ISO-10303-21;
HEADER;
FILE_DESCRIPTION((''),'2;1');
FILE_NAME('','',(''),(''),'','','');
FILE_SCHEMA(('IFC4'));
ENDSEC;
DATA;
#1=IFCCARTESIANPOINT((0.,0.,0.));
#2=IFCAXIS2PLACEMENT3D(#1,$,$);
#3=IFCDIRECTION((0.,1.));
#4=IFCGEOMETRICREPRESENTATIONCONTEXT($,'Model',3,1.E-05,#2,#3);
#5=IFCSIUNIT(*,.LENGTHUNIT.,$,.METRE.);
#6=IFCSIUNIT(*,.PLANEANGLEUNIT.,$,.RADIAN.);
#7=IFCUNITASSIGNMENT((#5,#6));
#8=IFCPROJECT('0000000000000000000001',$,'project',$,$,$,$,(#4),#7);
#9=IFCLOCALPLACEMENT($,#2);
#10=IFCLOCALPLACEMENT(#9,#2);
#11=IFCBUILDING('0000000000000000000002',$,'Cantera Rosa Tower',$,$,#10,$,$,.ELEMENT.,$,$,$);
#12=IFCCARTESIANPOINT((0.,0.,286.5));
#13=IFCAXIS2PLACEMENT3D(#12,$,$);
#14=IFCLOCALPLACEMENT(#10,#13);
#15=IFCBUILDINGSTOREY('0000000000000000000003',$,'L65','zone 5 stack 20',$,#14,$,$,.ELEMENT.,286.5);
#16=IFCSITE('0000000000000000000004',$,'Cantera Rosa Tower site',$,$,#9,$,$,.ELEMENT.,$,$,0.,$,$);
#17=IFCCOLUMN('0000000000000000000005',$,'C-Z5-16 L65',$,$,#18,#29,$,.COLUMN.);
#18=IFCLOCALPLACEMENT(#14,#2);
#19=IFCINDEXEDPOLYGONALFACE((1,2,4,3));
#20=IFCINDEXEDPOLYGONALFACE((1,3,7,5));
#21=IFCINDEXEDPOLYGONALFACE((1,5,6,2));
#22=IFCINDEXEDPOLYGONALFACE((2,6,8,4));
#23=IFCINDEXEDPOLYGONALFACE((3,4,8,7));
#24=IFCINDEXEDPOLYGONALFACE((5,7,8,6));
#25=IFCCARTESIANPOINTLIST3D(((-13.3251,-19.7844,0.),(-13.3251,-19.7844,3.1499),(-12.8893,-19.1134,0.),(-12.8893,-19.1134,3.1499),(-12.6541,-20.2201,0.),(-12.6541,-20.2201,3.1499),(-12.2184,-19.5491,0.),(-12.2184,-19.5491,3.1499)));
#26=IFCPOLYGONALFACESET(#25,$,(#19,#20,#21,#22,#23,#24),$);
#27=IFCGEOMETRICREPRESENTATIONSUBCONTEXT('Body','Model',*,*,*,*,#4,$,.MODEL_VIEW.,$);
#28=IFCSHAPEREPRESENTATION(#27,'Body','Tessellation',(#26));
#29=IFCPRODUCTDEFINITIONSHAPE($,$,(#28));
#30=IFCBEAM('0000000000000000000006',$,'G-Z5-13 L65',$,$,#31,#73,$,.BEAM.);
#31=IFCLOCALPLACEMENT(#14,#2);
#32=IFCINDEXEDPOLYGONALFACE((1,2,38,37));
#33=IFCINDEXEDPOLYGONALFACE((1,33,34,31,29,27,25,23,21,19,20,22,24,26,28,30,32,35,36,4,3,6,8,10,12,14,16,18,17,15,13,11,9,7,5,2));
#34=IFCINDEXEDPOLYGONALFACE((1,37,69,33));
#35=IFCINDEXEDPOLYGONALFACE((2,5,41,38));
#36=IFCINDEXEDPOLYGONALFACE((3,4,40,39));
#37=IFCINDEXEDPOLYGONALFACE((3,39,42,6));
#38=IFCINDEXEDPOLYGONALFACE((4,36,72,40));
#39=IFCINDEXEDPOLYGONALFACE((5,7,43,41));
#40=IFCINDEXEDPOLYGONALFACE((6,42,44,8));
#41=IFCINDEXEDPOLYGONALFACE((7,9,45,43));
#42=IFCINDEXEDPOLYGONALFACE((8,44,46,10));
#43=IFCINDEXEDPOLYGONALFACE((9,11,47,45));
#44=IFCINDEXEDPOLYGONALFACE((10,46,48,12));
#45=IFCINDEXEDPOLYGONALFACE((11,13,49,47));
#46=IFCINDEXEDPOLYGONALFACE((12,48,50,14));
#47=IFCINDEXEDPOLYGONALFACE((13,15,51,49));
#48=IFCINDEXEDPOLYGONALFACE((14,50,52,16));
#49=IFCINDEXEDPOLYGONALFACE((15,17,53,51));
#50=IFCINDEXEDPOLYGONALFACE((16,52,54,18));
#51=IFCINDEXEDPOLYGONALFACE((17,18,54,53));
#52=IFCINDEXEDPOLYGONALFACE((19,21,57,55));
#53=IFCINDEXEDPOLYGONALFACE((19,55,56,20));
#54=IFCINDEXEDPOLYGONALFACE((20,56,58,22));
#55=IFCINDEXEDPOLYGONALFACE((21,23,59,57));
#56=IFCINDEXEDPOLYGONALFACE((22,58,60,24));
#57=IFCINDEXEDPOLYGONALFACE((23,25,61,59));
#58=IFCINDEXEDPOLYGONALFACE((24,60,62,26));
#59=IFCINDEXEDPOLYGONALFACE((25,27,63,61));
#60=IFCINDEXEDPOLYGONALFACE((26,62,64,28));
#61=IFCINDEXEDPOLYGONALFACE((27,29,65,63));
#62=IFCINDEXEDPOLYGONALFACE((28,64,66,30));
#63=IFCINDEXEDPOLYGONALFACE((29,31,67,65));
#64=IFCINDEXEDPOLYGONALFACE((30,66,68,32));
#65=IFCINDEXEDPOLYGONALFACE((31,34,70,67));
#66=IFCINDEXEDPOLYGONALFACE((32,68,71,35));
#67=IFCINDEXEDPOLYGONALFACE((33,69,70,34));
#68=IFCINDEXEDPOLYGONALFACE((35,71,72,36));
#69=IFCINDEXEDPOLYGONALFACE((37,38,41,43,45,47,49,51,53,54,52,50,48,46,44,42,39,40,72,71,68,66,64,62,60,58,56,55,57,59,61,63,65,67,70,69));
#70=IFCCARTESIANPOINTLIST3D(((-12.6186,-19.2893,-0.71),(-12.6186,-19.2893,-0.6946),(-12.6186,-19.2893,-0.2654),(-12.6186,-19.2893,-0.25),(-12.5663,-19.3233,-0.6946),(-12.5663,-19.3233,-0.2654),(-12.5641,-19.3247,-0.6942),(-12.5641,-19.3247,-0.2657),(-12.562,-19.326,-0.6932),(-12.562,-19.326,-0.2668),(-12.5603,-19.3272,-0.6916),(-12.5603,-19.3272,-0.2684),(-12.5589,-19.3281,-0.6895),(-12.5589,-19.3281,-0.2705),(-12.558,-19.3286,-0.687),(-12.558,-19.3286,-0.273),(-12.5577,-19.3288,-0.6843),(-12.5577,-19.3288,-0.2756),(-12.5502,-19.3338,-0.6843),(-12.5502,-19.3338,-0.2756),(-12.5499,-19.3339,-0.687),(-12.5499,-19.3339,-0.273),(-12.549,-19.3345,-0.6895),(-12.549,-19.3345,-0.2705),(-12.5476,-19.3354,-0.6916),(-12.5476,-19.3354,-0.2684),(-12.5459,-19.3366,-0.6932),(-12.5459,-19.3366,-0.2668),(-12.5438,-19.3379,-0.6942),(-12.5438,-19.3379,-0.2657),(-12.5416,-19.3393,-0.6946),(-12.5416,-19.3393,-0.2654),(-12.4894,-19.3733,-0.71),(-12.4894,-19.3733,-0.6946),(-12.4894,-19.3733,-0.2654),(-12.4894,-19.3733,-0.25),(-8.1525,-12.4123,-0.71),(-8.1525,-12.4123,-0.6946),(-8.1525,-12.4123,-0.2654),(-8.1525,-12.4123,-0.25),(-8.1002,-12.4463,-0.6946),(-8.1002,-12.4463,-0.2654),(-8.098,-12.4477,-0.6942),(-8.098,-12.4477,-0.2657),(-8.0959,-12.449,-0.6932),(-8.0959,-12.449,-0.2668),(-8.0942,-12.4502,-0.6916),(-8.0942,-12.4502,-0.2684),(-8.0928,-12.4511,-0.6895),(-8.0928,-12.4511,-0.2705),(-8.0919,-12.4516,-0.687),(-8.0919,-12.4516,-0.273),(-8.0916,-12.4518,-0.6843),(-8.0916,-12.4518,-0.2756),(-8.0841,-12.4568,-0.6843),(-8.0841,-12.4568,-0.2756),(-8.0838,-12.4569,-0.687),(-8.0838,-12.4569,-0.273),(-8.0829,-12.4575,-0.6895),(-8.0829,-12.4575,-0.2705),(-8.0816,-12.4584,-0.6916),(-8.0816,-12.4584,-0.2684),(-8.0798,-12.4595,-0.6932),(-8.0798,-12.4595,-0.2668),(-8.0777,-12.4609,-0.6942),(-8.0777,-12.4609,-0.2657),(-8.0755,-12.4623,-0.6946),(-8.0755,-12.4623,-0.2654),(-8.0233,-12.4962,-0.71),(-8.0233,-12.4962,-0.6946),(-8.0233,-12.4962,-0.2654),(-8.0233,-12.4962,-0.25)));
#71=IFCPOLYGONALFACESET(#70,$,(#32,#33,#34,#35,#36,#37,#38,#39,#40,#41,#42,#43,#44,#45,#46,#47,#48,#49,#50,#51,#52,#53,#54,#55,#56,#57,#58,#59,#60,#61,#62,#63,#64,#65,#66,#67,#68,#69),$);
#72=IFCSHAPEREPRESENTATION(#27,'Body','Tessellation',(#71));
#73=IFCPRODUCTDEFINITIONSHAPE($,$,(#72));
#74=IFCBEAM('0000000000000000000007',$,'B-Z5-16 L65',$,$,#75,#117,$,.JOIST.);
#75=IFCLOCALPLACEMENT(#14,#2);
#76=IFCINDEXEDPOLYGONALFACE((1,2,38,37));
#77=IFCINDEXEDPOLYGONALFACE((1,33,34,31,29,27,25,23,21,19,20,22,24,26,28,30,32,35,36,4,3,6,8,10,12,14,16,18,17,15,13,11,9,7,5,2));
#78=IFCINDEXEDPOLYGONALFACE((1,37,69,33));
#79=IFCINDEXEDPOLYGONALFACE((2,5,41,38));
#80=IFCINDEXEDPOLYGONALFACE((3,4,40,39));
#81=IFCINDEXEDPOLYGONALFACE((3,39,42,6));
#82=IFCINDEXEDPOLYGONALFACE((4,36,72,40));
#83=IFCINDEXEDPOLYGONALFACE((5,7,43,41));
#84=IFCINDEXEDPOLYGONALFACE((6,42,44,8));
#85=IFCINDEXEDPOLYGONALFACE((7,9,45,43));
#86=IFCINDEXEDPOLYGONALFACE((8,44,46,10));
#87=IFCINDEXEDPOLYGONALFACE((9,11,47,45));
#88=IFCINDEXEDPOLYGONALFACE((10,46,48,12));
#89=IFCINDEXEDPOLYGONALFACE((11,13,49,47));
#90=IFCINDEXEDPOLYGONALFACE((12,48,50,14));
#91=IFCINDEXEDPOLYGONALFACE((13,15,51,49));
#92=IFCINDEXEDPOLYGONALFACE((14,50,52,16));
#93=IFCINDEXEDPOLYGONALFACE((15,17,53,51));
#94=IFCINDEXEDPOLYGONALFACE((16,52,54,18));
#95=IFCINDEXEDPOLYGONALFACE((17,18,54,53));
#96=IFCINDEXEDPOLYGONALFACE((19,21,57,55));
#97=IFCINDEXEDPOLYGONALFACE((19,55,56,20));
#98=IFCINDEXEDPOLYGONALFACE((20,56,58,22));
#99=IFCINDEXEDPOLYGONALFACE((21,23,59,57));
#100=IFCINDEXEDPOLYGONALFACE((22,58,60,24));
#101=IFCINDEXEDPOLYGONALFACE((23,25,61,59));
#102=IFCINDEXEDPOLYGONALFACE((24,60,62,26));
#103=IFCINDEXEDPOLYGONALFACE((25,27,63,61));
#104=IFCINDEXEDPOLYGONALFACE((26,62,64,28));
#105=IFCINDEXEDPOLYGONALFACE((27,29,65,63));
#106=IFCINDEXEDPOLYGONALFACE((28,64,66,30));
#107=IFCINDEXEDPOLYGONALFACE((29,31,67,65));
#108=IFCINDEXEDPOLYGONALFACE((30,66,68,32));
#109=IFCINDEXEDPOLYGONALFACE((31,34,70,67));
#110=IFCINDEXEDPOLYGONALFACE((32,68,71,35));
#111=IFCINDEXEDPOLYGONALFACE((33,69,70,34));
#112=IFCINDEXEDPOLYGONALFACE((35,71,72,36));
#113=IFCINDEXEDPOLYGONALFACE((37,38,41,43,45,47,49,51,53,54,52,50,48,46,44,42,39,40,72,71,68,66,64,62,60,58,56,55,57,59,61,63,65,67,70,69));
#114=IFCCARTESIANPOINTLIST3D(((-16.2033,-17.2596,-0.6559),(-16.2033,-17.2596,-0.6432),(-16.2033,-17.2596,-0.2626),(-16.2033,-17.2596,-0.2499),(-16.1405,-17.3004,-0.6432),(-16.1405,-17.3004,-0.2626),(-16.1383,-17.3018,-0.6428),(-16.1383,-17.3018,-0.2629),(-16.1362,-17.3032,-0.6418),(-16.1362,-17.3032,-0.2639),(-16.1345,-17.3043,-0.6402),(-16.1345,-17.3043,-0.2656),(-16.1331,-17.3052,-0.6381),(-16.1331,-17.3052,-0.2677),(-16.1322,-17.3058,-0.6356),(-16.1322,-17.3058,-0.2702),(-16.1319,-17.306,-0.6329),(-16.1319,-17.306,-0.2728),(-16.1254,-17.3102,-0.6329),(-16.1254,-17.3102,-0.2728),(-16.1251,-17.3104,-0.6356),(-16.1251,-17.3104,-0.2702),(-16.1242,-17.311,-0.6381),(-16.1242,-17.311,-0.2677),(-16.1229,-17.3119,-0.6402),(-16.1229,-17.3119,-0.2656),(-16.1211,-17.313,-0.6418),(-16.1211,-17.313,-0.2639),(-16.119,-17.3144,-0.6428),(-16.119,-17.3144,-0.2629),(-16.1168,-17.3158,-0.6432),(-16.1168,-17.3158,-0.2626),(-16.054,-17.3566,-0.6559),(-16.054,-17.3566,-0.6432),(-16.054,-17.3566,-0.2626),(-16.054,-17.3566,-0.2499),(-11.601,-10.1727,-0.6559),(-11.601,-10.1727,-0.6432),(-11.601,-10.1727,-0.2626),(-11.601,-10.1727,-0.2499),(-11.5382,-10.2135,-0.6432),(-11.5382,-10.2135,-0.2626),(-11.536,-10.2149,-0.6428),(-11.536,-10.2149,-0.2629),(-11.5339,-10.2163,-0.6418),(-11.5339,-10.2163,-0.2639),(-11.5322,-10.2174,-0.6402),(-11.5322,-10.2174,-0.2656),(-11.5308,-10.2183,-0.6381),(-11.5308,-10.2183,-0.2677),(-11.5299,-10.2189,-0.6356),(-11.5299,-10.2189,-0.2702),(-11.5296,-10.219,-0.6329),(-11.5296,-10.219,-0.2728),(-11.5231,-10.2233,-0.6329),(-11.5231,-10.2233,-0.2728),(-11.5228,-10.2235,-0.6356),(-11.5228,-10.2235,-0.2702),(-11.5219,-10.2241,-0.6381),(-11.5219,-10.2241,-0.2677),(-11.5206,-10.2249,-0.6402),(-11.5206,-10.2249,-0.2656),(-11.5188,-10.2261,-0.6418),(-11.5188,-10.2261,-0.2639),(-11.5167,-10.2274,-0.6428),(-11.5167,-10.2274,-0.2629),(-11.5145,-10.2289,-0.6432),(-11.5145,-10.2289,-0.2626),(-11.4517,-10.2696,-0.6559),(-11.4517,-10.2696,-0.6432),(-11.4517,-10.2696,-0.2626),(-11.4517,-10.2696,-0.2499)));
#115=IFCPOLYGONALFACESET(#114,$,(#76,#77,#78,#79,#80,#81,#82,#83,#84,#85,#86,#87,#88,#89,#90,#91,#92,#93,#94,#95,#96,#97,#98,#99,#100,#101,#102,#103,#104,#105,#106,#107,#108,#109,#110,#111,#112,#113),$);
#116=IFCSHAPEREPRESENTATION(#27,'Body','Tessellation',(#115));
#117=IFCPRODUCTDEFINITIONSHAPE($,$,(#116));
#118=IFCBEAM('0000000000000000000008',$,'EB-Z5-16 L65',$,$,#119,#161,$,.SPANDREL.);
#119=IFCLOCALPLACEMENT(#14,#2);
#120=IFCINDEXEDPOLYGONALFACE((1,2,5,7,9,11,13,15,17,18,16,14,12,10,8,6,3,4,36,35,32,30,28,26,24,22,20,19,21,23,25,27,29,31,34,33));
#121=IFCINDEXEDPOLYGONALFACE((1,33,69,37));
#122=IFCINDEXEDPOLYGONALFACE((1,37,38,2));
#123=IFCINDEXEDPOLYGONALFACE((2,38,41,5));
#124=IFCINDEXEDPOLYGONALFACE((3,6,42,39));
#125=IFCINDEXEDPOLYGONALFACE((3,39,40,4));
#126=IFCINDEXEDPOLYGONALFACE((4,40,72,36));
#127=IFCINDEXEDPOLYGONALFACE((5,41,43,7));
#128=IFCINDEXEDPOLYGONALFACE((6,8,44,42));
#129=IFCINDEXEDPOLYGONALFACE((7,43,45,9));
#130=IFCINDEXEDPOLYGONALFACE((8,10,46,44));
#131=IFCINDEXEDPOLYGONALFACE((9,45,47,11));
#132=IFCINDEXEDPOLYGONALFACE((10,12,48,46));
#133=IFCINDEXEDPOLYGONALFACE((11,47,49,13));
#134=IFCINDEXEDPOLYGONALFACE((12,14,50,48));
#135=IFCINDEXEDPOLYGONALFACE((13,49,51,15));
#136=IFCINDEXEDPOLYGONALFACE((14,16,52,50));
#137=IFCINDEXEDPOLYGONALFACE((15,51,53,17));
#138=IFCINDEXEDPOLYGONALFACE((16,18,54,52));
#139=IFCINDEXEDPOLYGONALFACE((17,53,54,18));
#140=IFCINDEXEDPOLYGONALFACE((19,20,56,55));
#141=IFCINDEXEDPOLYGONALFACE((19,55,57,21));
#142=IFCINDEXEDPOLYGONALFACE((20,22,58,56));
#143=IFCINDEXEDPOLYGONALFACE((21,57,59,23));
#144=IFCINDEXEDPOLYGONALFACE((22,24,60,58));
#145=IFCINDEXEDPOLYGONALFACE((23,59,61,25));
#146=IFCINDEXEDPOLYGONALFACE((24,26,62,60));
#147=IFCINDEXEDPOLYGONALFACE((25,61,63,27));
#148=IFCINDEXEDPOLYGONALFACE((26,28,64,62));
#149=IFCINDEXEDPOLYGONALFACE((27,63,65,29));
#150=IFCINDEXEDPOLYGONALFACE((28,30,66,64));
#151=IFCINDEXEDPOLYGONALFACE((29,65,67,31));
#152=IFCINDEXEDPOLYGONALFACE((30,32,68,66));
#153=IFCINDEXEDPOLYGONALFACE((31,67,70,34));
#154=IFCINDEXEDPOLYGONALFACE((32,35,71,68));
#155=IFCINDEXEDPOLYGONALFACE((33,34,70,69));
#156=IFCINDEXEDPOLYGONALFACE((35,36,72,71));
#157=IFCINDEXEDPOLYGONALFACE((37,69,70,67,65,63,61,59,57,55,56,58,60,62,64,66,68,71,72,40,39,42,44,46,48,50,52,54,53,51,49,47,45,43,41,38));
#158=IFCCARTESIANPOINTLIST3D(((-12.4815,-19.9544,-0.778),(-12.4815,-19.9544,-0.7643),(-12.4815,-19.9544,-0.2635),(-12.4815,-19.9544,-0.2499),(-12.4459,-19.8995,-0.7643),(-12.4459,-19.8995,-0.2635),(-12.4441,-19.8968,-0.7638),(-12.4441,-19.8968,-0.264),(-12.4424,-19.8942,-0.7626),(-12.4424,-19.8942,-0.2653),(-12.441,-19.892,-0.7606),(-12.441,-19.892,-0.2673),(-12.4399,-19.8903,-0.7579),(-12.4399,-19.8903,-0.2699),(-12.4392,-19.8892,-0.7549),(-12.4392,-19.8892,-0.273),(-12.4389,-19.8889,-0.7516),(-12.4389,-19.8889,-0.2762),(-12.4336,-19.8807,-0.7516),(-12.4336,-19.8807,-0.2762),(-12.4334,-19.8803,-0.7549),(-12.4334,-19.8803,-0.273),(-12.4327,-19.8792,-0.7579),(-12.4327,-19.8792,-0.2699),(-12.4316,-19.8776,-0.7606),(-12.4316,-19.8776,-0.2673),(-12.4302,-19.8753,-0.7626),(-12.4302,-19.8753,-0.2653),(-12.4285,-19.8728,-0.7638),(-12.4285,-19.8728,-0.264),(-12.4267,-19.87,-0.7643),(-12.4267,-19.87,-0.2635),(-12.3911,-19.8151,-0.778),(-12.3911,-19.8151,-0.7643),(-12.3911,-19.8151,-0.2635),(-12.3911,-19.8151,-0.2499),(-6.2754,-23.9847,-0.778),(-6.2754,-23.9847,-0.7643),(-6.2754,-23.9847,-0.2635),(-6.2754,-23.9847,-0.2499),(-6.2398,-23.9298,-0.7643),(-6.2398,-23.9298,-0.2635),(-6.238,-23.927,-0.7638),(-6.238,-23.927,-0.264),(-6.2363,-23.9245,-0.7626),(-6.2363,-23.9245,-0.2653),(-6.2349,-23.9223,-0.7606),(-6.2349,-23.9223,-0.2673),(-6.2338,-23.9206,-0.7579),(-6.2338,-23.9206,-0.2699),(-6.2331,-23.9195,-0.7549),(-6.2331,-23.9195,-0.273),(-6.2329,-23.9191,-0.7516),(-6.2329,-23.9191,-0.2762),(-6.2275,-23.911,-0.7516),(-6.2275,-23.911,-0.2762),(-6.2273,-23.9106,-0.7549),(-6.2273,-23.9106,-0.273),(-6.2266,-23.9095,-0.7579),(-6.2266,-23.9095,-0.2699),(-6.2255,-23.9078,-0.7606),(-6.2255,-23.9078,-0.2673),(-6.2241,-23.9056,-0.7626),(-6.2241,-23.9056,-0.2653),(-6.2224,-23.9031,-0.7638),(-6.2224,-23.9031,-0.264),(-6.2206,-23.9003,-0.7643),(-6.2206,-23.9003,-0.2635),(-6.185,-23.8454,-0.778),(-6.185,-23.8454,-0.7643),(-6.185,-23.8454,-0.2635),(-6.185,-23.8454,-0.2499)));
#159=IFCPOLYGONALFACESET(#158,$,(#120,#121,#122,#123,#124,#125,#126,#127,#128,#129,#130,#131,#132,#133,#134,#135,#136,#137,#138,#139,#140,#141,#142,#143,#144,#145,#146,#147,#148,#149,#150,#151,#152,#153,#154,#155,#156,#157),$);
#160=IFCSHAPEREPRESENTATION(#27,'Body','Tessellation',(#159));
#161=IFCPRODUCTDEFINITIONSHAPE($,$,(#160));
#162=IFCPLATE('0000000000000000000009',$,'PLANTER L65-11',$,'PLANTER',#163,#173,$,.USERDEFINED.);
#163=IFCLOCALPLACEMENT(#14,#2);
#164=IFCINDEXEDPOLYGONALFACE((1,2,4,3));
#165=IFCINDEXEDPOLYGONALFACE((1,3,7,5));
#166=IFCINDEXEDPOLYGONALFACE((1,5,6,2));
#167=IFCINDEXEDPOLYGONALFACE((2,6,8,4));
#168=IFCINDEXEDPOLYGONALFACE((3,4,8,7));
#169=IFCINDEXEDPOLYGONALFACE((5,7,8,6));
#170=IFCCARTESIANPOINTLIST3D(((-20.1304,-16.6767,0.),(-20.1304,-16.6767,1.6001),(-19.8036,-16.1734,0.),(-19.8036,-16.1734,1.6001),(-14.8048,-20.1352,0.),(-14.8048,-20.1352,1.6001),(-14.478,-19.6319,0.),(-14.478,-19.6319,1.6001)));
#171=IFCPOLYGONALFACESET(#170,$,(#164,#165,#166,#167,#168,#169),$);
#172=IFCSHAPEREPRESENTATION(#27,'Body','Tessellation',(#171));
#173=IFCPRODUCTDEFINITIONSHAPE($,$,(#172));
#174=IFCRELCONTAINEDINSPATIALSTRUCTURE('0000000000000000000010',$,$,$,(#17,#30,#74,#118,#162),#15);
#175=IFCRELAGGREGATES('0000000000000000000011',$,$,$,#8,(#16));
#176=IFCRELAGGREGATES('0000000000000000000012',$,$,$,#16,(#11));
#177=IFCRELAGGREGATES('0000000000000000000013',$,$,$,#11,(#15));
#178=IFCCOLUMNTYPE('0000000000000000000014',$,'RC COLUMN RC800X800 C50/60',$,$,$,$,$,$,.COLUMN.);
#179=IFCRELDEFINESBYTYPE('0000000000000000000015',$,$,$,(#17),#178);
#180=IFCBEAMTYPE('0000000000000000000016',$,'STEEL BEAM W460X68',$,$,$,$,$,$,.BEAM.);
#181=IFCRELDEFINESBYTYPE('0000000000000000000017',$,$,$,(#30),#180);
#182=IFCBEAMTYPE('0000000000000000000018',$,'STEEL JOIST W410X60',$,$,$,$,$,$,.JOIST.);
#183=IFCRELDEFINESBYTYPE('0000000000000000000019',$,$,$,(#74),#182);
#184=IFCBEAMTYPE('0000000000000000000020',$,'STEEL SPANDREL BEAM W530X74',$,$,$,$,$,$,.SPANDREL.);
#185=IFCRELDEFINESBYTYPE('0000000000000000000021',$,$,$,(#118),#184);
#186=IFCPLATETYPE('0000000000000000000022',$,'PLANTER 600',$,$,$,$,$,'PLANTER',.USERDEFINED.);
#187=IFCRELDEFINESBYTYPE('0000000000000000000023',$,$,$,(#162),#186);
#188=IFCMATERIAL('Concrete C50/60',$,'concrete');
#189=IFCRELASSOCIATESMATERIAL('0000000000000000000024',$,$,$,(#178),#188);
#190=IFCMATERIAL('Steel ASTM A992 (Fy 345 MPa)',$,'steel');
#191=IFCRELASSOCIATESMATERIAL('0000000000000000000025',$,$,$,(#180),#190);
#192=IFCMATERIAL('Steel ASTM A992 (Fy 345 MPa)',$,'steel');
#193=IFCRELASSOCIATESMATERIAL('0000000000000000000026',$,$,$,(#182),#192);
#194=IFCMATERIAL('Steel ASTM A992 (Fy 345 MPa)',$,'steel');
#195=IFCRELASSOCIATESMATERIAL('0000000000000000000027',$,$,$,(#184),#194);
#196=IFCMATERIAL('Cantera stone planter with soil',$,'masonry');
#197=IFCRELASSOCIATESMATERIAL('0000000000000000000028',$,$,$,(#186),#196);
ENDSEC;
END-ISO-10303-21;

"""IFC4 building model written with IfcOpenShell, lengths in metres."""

from ifc_helpers import new_model, si_unit, direction, frame, origin, origin_2d, place, context, subcontext, project, spatial, rectangle, i_section, extrude, material, material_profile, profile_set, type_object, element, save


model = new_model("IFC4")

# Units and contexts
model_context = context("Model", 3, precision=1e-05, world=origin(), true_north=direction((0.0, 1.0)))
body_context = subcontext(model_context, "Body", "Model", "MODEL_VIEW")
ifc_project = project(units=[si_unit("LENGTHUNIT", "METRE"), si_unit("PLANEANGLEUNIT", "RADIAN")], contexts=[model_context])

# Site, building, storey
site_placement = place(None, origin())
site = spatial("IfcSite", under=ifc_project, at=site_placement, Name="Cantera Rosa Tower site", CompositionType="ELEMENT", RefElevation=0.0)
building_placement = place(site_placement, origin())
building = spatial("IfcBuilding", under=site, at=building_placement, Name="Cantera Rosa Tower", CompositionType="ELEMENT")
storey_placement = place(building_placement, frame((0.0, 0.0, 286.5)))
storey = spatial("IfcBuildingStorey", under=building, at=storey_placement, Name="L65", Description="zone 5 stack 20", CompositionType="ELEMENT", Elevation=286.5)

# Column
ifc_material_1 = material(Name="Concrete C50/60", Category="concrete")
ifc_material_profile_1 = material_profile(ifc_material_1, rectangle(XDim=0.8, YDim=0.8, at=origin_2d()), Name="RC COLUMN RC800X800 C50/60")
ifc_profile_set_1 = profile_set([ifc_material_profile_1], Name="Concrete C50/60")
column_type = type_object("IfcColumnType", Name="RC COLUMN RC800X800 C50/60", PredefinedType="COLUMN", material=ifc_profile_set_1)
column_placement = place(storey_placement, frame((-12.7717, -19.6667, 0.0), z_axis=(0.0, 0.0, 1.0), x_axis=(0.544639, 0.838671, 0.0)))
element("IfcColumn", 1, at=column_placement, inside=storey, type_object=column_type, Name="C-Z5-16 L65", PredefinedType="COLUMN", context=body_context, shape_type="SweptSolid", body=[
    extrude(rectangle(XDim=0.8, YDim=0.8, at=origin_2d()), origin(), (0.0, 0.0, 1.0), 3.1499),
])

# Beams
ifc_material_2 = material(Name="Steel ASTM A992 (Fy 345 MPa)", Category="steel")
ifc_material_profile_2 = material_profile(ifc_material_2, i_section(OverallWidth=0.1541, OverallDepth=0.46, WebThickness=0.009, FlangeThickness=0.0154, FilletRadius=0.0103, at=origin_2d()), Name="W460X68")
ifc_profile_set_2 = profile_set([ifc_material_profile_2], Name="Steel ASTM A992 (Fy 345 MPa)")
beam_type_1 = type_object("IfcBeamType", Name="STEEL BEAM W460X68", PredefinedType="BEAM", material=ifc_profile_set_2)
beam_1_placement = place(storey_placement, frame((-12.554, -19.3313, -0.48), z_axis=(0.544649, 0.838664, 0.0), x_axis=(-0.838664, 0.544649, 0.0)))
element("IfcBeam", 2, at=beam_1_placement, inside=storey, type_object=beam_type_1, Name="G-Z5-13 L65", PredefinedType="BEAM", context=body_context, shape_type="SweptSolid", body=[
    extrude(i_section(OverallWidth=0.1541, OverallDepth=0.46, WebThickness=0.009, FlangeThickness=0.0154, FilletRadius=0.0103, at=origin_2d()), origin(), (0.0, 0.0, 1.0), 8.2),
])
ifc_material_3 = material(Name="Steel ASTM A992 (Fy 345 MPa)", Category="steel")
ifc_material_profile_3 = material_profile(ifc_material_3, i_section(OverallWidth=0.178, OverallDepth=0.406, WebThickness=0.0078, FlangeThickness=0.0127, FilletRadius=0.0103, at=origin_2d()), Name="W410X60")
ifc_profile_set_3 = profile_set([ifc_material_profile_3], Name="Steel ASTM A992 (Fy 345 MPa)")
beam_type_2 = type_object("IfcBeamType", Name="STEEL JOIST W410X60", PredefinedType="JOIST", material=ifc_profile_set_3)
beam_2_placement = place(storey_placement, frame((-16.1287, -17.3081, -0.4529), z_axis=(0.544639, 0.838671, 0.0), x_axis=(-0.838671, 0.544639, 0.0)))
element("IfcBeam", 3, at=beam_2_placement, inside=storey, type_object=beam_type_2, Name="B-Z5-16 L65", PredefinedType="JOIST", context=body_context, shape_type="SweptSolid", body=[
    extrude(i_section(OverallWidth=0.178, OverallDepth=0.406, WebThickness=0.0078, FlangeThickness=0.0127, FilletRadius=0.0103, at=origin_2d()), origin(), (0.0, 0.0, 1.0), 8.4502),
])
ifc_material_4 = material(Name="Steel ASTM A992 (Fy 345 MPa)", Category="steel")
ifc_material_profile_4 = material_profile(ifc_material_4, i_section(OverallWidth=0.166, OverallDepth=0.5281, WebThickness=0.0098, FlangeThickness=0.0137, FilletRadius=0.0127, at=origin_2d()), Name="W530X74")
ifc_profile_set_4 = profile_set([ifc_material_profile_4], Name="Steel ASTM A992 (Fy 345 MPa)")
beam_type_3 = type_object("IfcBeamType", Name="STEEL SPANDREL BEAM W530X74", PredefinedType="SPANDREL", material=ifc_profile_set_4)
beam_3_placement = place(storey_placement, frame((-12.4363, -19.8848, -0.5139), z_axis=(0.83867, -0.54464, 0.0), x_axis=(0.54464, 0.83867, 0.0)))
element("IfcBeam", 4, at=beam_3_placement, inside=storey, type_object=beam_type_3, Name="EB-Z5-16 L65", PredefinedType="SPANDREL", context=body_context, shape_type="SweptSolid", body=[
    extrude(i_section(OverallWidth=0.166, OverallDepth=0.5281, WebThickness=0.0098, FlangeThickness=0.0137, FilletRadius=0.0127, at=origin_2d()), origin(), (0.0, 0.0, 1.0), 7.3999),
])

# Plate
ifc_material_5 = material(Name="Cantera stone planter with soil", Category="masonry")
plate_type = type_object("IfcPlateType", Name="PLANTER 600", ElementType="PLANTER", PredefinedType="USERDEFINED", material=ifc_material_5)
plate_placement = place(storey_placement, frame((-17.3042, -18.1543, 0.0), z_axis=(0.0, 0.0, 1.0), x_axis=(0.838671, -0.544639, 0.0)))
element("IfcPlate", 5, at=plate_placement, inside=storey, type_object=plate_type, Name="PLANTER L65-11", ObjectType="PLANTER", PredefinedType="USERDEFINED", context=body_context, shape_type="SweptSolid", body=[
    extrude(rectangle(XDim=6.3501, YDim=0.6001, at=origin_2d()), origin(), (0.0, 0.0, 1.0), 1.6001),
])

save(model, "model.ifc")
